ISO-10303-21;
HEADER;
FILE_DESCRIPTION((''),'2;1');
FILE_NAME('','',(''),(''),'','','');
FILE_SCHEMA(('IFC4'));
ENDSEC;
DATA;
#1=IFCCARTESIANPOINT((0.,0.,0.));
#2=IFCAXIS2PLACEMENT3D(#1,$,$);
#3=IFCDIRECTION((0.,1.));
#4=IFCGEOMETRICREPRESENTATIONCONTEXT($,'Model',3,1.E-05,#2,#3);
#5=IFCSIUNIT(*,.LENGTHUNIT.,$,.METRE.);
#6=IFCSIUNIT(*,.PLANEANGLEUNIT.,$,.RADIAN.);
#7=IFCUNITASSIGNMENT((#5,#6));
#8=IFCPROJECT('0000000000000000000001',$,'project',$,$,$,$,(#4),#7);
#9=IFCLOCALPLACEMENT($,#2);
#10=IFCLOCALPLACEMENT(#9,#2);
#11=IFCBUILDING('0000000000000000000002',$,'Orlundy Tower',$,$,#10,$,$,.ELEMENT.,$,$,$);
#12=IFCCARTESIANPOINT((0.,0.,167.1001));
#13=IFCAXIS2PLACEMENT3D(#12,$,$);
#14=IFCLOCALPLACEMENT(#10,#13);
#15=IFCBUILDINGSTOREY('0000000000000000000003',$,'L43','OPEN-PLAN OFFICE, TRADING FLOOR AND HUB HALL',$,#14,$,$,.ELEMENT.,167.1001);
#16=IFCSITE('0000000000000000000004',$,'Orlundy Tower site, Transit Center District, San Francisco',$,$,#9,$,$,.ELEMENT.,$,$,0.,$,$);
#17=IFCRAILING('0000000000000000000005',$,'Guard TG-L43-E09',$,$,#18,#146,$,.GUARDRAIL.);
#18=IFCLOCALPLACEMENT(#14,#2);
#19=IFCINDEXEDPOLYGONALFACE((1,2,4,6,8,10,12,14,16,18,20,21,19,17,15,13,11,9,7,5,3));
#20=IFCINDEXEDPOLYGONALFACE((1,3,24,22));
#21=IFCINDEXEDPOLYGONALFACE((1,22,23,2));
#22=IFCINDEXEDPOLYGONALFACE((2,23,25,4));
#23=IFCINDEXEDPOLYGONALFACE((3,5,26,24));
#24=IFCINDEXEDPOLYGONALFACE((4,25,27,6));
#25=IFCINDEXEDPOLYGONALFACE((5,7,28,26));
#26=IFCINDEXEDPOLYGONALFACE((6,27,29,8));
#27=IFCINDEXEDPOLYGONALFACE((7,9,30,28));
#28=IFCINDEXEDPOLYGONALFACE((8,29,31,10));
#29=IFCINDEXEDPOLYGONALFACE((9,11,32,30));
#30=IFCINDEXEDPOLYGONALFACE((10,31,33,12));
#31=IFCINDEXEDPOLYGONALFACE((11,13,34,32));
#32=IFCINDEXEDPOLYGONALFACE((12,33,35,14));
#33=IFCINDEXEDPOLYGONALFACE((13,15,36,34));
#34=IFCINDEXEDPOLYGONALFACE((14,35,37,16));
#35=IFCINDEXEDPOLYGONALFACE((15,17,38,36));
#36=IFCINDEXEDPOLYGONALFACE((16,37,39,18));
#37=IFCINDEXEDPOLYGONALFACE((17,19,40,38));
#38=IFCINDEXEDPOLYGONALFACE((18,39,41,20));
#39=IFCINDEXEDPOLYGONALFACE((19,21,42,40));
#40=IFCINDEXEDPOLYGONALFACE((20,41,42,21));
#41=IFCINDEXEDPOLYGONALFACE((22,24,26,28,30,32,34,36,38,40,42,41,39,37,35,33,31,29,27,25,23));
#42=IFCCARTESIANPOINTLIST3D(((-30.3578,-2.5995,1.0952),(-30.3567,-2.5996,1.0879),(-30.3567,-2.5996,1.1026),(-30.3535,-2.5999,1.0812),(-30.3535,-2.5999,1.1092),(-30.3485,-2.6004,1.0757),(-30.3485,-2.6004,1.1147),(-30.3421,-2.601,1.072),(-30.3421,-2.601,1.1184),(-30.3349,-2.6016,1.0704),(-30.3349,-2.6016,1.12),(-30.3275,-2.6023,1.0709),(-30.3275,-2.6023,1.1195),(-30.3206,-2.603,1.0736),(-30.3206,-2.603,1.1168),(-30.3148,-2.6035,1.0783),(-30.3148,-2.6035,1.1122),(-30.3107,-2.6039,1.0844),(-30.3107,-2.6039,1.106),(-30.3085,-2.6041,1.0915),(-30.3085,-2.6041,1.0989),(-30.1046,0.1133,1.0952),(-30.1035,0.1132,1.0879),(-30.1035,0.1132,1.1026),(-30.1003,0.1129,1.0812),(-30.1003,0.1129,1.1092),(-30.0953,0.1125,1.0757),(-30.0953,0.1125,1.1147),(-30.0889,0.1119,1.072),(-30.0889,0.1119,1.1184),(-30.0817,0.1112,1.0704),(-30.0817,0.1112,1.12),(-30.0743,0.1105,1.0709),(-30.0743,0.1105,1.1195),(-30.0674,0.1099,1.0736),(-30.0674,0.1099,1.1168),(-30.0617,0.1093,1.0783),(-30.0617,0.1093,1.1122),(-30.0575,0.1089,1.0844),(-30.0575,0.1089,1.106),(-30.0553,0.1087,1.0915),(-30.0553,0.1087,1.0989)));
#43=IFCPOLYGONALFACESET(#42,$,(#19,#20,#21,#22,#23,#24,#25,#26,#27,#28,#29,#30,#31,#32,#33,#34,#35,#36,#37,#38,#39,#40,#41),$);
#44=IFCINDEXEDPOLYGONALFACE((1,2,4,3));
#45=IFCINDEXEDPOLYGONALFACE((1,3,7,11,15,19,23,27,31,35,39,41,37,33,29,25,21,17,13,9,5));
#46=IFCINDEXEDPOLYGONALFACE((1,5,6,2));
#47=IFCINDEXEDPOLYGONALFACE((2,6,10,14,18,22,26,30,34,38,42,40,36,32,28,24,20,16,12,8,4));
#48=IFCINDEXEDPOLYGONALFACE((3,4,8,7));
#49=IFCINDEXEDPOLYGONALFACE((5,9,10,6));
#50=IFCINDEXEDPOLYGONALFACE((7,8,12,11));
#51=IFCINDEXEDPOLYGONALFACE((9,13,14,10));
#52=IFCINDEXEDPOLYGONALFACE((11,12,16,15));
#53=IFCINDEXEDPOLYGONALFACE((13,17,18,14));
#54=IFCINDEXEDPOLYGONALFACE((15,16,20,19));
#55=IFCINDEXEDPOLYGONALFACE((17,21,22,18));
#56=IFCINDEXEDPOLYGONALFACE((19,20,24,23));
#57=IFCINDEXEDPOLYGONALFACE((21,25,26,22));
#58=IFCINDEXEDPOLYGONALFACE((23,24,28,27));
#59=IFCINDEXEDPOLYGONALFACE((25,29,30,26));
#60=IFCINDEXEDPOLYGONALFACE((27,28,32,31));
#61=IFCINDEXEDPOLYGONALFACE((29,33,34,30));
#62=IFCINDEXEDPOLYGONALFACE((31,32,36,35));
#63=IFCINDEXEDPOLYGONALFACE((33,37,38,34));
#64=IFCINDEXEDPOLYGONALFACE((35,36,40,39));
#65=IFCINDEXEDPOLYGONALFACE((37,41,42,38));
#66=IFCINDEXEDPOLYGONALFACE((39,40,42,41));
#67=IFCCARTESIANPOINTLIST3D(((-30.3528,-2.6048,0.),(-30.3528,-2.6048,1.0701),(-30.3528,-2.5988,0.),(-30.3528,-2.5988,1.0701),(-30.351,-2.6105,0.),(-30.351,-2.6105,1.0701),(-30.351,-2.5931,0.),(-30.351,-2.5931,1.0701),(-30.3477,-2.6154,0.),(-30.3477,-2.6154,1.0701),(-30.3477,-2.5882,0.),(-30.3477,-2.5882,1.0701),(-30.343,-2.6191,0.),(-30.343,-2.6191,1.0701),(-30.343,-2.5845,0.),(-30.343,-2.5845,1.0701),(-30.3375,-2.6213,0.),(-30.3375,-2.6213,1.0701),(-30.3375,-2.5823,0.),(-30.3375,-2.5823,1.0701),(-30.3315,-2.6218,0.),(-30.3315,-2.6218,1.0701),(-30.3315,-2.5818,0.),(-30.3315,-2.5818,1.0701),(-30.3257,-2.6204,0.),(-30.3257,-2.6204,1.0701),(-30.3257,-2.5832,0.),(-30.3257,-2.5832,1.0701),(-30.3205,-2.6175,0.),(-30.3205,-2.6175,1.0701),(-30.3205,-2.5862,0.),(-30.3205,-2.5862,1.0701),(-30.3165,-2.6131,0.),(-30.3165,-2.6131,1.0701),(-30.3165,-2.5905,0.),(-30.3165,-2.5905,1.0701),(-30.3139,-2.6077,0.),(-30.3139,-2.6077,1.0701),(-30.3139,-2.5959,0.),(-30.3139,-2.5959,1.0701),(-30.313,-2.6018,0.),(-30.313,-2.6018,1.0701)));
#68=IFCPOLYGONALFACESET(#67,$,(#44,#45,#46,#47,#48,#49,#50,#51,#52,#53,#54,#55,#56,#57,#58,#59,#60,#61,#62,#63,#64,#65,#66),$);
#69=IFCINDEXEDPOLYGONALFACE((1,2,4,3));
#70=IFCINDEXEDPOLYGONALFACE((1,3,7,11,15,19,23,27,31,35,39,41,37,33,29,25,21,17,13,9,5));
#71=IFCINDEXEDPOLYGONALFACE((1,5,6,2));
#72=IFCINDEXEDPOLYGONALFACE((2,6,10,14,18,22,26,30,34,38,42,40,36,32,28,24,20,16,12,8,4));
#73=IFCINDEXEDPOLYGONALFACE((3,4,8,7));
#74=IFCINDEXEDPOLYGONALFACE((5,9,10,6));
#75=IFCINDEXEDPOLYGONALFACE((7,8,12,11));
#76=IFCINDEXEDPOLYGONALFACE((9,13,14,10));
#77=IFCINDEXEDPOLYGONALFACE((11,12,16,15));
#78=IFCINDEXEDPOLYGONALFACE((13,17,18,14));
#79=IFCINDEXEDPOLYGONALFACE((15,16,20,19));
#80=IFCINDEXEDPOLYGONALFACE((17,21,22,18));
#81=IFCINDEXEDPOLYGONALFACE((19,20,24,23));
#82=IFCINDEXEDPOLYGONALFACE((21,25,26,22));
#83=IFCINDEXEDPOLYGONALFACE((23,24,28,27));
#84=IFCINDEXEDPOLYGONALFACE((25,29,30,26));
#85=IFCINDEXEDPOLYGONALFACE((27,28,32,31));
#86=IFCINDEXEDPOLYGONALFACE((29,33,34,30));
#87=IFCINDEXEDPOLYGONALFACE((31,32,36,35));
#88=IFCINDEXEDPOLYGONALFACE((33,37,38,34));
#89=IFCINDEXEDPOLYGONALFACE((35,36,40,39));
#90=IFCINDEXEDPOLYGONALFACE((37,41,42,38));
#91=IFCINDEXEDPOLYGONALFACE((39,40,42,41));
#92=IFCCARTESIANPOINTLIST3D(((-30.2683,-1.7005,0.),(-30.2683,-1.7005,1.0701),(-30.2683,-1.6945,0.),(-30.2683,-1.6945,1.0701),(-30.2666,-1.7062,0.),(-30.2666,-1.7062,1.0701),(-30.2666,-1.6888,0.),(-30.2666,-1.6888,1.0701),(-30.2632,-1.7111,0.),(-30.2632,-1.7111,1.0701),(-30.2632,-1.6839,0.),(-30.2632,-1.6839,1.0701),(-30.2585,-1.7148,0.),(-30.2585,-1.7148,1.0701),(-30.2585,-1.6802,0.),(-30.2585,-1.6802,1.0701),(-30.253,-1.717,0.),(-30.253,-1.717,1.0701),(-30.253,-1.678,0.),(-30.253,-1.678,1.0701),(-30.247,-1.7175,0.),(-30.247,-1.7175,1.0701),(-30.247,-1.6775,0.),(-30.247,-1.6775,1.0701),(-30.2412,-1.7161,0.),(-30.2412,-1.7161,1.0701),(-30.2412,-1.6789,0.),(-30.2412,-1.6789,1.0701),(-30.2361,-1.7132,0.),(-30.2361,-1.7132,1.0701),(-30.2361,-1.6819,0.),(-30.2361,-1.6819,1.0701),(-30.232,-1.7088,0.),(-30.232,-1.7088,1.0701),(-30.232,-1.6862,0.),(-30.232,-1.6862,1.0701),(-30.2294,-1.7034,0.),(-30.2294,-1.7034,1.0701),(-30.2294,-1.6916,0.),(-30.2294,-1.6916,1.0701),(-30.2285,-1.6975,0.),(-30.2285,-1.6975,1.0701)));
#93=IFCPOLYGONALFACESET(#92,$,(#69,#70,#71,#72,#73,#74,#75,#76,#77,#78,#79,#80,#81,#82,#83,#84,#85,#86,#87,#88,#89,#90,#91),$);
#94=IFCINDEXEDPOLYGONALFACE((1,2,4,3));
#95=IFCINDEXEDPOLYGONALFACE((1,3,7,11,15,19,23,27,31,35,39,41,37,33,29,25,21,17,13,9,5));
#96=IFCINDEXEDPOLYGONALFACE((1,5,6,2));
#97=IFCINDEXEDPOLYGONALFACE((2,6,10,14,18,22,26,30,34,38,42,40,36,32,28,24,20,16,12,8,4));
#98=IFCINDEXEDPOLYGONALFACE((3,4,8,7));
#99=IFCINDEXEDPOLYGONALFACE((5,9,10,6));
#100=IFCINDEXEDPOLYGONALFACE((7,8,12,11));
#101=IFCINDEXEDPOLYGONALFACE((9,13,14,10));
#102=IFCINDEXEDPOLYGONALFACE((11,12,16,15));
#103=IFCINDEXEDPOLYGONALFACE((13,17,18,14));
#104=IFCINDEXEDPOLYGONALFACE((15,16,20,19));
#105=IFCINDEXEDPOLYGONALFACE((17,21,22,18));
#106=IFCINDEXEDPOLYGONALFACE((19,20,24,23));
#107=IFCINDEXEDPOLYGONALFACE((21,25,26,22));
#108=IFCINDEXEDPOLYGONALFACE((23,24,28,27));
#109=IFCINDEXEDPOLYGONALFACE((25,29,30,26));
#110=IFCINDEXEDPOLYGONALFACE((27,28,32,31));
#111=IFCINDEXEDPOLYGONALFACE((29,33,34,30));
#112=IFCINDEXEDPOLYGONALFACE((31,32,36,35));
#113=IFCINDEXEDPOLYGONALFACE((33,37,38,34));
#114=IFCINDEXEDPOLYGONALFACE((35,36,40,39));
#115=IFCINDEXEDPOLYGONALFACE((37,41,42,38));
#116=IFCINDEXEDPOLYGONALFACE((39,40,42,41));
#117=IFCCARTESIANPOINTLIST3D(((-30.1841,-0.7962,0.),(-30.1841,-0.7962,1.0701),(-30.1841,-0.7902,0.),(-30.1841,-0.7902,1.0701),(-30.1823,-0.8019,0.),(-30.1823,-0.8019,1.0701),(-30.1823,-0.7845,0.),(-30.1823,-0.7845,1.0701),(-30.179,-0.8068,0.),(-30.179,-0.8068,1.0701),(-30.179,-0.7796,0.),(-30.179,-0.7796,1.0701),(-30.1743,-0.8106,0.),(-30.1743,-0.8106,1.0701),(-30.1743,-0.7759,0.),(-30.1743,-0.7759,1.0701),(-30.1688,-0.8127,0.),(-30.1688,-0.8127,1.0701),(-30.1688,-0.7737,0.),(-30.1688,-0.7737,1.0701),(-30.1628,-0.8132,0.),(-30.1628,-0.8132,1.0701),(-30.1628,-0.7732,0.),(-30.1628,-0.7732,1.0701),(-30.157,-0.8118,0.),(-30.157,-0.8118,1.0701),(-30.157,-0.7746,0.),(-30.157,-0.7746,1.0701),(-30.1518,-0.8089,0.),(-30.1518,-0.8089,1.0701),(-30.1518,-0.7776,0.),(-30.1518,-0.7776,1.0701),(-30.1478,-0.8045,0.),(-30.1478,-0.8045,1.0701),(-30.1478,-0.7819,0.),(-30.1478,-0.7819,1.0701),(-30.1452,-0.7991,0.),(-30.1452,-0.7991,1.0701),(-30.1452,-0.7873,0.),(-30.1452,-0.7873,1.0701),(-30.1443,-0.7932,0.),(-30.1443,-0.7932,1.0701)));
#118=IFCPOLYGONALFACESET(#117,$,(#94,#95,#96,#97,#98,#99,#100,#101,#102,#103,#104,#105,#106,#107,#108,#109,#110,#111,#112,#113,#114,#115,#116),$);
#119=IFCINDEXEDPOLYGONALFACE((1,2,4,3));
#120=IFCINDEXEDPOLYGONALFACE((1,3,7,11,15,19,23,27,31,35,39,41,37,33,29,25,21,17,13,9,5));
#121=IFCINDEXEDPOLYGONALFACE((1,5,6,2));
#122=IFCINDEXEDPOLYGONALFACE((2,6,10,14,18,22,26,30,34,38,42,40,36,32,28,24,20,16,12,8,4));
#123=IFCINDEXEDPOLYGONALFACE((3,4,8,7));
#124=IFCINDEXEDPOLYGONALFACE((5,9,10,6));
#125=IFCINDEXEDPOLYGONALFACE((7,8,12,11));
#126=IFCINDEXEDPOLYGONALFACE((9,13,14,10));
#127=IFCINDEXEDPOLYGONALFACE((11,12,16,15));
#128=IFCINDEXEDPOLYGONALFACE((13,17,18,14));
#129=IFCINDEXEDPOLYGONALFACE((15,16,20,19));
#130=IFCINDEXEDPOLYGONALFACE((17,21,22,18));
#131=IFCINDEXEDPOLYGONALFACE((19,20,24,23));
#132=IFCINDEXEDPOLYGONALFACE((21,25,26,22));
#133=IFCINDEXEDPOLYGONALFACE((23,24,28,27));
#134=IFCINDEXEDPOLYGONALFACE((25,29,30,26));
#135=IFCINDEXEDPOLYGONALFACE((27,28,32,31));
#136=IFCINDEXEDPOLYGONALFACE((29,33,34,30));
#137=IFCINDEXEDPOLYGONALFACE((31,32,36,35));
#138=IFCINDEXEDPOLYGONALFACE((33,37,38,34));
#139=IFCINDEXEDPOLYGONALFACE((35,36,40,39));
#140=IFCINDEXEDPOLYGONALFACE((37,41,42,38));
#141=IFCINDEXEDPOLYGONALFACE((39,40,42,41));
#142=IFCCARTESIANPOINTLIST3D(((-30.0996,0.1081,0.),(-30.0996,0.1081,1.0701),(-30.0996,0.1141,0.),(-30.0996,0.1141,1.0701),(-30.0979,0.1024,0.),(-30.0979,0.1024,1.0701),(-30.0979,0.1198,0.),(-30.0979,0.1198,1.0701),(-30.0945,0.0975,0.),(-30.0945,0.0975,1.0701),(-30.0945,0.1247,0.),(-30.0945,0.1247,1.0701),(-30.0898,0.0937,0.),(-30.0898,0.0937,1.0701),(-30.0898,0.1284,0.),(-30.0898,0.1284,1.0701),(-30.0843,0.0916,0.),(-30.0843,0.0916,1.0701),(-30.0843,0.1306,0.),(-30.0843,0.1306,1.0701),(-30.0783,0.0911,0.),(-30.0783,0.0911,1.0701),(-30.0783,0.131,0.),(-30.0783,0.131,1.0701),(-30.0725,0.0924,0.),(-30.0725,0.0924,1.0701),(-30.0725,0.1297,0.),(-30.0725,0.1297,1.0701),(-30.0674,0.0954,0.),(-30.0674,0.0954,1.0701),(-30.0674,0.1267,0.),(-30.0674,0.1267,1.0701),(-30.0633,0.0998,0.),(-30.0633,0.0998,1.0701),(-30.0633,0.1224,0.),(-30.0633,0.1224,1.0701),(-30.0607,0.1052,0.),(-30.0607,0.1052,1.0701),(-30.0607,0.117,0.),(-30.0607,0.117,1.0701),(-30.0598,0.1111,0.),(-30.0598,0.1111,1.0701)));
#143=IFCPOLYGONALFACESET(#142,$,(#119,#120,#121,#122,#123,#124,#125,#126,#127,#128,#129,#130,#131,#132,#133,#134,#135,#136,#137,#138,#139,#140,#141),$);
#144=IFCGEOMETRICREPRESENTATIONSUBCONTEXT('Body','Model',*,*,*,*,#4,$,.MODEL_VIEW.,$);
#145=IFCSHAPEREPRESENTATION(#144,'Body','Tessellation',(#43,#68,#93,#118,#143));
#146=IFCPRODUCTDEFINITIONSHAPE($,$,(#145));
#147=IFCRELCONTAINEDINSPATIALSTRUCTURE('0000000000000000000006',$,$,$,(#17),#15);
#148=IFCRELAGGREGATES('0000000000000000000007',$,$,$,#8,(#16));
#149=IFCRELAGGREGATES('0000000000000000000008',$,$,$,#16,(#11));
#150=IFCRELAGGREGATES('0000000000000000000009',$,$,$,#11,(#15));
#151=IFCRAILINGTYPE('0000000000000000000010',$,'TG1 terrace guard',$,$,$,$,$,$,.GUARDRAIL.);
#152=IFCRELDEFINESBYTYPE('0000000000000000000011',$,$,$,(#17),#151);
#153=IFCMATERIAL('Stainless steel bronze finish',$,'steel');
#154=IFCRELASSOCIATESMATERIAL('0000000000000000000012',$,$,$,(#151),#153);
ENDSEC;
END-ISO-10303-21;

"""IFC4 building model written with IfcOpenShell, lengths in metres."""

from ifc_helpers import new_model, si_unit, direction, frame, origin, origin_2d, place, context, subcontext, project, spatial, circle, extrude, material, type_object, element, save


model = new_model("IFC4")

# Units and contexts
model_context = context("Model", 3, precision=1e-05, world=origin(), true_north=direction((0.0, 1.0)))
body_context = subcontext(model_context, "Body", "Model", "MODEL_VIEW")
ifc_project = project(units=[si_unit("LENGTHUNIT", "METRE"), si_unit("PLANEANGLEUNIT", "RADIAN")], contexts=[model_context])

# Site, building, storey
site_placement = place(None, origin())
site = spatial("IfcSite", under=ifc_project, at=site_placement, Name="Orlundy Tower site, Transit Center District, San Francisco", CompositionType="ELEMENT", RefElevation=0.0)
building_placement = place(site_placement, origin())
building = spatial("IfcBuilding", under=site, at=building_placement, Name="Orlundy Tower", CompositionType="ELEMENT")
storey_placement = place(building_placement, frame((0.0, 0.0, 167.1001)))
storey = spatial("IfcBuildingStorey", under=building, at=storey_placement, Name="L43", Description="OPEN-PLAN OFFICE, TRADING FLOOR AND HUB HALL", CompositionType="ELEMENT", Elevation=167.1001)

# Railing
ifc_material_1 = material(Name="Stainless steel bronze finish", Category="steel")
railing_type_1 = type_object("IfcRailingType", Name="TG1 terrace guard", PredefinedType="GUARDRAIL", material=ifc_material_1)
railing_1_placement = place(storey_placement, frame((-30.333, -2.6018, 0.0)))
element("IfcRailing", 1, at=railing_1_placement, inside=storey, type_object=railing_type_1, Name="Guard TG-L43-E09", PredefinedType="GUARDRAIL", context=body_context, shape_type="SweptSolid", body=[
    extrude(circle(Radius=0.0249, at=origin_2d()), frame((0.0, 0.0, 1.0952), z_axis=(0.092919, 0.995674, 0.0), x_axis=(-0.995674, 0.092919, 0.0)), (0.0, 0.0, 1.0), 2.7246),
    extrude(circle(Radius=0.02, at=origin_2d()), origin(), (0.0, 0.0, 1.0), 1.0701),
    extrude(circle(Radius=0.02, at=origin_2d()), frame((0.0845, 0.9043, 0.0)), (0.0, 0.0, 1.0), 1.0701),
    extrude(circle(Radius=0.02, at=origin_2d()), frame((0.1687, 1.8086, 0.0)), (0.0, 0.0, 1.0), 1.0701),
    extrude(circle(Radius=0.02, at=origin_2d()), frame((0.2532, 2.7129, 0.0)), (0.0, 0.0, 1.0), 1.0701),
])

save(model, "model.ifc")
